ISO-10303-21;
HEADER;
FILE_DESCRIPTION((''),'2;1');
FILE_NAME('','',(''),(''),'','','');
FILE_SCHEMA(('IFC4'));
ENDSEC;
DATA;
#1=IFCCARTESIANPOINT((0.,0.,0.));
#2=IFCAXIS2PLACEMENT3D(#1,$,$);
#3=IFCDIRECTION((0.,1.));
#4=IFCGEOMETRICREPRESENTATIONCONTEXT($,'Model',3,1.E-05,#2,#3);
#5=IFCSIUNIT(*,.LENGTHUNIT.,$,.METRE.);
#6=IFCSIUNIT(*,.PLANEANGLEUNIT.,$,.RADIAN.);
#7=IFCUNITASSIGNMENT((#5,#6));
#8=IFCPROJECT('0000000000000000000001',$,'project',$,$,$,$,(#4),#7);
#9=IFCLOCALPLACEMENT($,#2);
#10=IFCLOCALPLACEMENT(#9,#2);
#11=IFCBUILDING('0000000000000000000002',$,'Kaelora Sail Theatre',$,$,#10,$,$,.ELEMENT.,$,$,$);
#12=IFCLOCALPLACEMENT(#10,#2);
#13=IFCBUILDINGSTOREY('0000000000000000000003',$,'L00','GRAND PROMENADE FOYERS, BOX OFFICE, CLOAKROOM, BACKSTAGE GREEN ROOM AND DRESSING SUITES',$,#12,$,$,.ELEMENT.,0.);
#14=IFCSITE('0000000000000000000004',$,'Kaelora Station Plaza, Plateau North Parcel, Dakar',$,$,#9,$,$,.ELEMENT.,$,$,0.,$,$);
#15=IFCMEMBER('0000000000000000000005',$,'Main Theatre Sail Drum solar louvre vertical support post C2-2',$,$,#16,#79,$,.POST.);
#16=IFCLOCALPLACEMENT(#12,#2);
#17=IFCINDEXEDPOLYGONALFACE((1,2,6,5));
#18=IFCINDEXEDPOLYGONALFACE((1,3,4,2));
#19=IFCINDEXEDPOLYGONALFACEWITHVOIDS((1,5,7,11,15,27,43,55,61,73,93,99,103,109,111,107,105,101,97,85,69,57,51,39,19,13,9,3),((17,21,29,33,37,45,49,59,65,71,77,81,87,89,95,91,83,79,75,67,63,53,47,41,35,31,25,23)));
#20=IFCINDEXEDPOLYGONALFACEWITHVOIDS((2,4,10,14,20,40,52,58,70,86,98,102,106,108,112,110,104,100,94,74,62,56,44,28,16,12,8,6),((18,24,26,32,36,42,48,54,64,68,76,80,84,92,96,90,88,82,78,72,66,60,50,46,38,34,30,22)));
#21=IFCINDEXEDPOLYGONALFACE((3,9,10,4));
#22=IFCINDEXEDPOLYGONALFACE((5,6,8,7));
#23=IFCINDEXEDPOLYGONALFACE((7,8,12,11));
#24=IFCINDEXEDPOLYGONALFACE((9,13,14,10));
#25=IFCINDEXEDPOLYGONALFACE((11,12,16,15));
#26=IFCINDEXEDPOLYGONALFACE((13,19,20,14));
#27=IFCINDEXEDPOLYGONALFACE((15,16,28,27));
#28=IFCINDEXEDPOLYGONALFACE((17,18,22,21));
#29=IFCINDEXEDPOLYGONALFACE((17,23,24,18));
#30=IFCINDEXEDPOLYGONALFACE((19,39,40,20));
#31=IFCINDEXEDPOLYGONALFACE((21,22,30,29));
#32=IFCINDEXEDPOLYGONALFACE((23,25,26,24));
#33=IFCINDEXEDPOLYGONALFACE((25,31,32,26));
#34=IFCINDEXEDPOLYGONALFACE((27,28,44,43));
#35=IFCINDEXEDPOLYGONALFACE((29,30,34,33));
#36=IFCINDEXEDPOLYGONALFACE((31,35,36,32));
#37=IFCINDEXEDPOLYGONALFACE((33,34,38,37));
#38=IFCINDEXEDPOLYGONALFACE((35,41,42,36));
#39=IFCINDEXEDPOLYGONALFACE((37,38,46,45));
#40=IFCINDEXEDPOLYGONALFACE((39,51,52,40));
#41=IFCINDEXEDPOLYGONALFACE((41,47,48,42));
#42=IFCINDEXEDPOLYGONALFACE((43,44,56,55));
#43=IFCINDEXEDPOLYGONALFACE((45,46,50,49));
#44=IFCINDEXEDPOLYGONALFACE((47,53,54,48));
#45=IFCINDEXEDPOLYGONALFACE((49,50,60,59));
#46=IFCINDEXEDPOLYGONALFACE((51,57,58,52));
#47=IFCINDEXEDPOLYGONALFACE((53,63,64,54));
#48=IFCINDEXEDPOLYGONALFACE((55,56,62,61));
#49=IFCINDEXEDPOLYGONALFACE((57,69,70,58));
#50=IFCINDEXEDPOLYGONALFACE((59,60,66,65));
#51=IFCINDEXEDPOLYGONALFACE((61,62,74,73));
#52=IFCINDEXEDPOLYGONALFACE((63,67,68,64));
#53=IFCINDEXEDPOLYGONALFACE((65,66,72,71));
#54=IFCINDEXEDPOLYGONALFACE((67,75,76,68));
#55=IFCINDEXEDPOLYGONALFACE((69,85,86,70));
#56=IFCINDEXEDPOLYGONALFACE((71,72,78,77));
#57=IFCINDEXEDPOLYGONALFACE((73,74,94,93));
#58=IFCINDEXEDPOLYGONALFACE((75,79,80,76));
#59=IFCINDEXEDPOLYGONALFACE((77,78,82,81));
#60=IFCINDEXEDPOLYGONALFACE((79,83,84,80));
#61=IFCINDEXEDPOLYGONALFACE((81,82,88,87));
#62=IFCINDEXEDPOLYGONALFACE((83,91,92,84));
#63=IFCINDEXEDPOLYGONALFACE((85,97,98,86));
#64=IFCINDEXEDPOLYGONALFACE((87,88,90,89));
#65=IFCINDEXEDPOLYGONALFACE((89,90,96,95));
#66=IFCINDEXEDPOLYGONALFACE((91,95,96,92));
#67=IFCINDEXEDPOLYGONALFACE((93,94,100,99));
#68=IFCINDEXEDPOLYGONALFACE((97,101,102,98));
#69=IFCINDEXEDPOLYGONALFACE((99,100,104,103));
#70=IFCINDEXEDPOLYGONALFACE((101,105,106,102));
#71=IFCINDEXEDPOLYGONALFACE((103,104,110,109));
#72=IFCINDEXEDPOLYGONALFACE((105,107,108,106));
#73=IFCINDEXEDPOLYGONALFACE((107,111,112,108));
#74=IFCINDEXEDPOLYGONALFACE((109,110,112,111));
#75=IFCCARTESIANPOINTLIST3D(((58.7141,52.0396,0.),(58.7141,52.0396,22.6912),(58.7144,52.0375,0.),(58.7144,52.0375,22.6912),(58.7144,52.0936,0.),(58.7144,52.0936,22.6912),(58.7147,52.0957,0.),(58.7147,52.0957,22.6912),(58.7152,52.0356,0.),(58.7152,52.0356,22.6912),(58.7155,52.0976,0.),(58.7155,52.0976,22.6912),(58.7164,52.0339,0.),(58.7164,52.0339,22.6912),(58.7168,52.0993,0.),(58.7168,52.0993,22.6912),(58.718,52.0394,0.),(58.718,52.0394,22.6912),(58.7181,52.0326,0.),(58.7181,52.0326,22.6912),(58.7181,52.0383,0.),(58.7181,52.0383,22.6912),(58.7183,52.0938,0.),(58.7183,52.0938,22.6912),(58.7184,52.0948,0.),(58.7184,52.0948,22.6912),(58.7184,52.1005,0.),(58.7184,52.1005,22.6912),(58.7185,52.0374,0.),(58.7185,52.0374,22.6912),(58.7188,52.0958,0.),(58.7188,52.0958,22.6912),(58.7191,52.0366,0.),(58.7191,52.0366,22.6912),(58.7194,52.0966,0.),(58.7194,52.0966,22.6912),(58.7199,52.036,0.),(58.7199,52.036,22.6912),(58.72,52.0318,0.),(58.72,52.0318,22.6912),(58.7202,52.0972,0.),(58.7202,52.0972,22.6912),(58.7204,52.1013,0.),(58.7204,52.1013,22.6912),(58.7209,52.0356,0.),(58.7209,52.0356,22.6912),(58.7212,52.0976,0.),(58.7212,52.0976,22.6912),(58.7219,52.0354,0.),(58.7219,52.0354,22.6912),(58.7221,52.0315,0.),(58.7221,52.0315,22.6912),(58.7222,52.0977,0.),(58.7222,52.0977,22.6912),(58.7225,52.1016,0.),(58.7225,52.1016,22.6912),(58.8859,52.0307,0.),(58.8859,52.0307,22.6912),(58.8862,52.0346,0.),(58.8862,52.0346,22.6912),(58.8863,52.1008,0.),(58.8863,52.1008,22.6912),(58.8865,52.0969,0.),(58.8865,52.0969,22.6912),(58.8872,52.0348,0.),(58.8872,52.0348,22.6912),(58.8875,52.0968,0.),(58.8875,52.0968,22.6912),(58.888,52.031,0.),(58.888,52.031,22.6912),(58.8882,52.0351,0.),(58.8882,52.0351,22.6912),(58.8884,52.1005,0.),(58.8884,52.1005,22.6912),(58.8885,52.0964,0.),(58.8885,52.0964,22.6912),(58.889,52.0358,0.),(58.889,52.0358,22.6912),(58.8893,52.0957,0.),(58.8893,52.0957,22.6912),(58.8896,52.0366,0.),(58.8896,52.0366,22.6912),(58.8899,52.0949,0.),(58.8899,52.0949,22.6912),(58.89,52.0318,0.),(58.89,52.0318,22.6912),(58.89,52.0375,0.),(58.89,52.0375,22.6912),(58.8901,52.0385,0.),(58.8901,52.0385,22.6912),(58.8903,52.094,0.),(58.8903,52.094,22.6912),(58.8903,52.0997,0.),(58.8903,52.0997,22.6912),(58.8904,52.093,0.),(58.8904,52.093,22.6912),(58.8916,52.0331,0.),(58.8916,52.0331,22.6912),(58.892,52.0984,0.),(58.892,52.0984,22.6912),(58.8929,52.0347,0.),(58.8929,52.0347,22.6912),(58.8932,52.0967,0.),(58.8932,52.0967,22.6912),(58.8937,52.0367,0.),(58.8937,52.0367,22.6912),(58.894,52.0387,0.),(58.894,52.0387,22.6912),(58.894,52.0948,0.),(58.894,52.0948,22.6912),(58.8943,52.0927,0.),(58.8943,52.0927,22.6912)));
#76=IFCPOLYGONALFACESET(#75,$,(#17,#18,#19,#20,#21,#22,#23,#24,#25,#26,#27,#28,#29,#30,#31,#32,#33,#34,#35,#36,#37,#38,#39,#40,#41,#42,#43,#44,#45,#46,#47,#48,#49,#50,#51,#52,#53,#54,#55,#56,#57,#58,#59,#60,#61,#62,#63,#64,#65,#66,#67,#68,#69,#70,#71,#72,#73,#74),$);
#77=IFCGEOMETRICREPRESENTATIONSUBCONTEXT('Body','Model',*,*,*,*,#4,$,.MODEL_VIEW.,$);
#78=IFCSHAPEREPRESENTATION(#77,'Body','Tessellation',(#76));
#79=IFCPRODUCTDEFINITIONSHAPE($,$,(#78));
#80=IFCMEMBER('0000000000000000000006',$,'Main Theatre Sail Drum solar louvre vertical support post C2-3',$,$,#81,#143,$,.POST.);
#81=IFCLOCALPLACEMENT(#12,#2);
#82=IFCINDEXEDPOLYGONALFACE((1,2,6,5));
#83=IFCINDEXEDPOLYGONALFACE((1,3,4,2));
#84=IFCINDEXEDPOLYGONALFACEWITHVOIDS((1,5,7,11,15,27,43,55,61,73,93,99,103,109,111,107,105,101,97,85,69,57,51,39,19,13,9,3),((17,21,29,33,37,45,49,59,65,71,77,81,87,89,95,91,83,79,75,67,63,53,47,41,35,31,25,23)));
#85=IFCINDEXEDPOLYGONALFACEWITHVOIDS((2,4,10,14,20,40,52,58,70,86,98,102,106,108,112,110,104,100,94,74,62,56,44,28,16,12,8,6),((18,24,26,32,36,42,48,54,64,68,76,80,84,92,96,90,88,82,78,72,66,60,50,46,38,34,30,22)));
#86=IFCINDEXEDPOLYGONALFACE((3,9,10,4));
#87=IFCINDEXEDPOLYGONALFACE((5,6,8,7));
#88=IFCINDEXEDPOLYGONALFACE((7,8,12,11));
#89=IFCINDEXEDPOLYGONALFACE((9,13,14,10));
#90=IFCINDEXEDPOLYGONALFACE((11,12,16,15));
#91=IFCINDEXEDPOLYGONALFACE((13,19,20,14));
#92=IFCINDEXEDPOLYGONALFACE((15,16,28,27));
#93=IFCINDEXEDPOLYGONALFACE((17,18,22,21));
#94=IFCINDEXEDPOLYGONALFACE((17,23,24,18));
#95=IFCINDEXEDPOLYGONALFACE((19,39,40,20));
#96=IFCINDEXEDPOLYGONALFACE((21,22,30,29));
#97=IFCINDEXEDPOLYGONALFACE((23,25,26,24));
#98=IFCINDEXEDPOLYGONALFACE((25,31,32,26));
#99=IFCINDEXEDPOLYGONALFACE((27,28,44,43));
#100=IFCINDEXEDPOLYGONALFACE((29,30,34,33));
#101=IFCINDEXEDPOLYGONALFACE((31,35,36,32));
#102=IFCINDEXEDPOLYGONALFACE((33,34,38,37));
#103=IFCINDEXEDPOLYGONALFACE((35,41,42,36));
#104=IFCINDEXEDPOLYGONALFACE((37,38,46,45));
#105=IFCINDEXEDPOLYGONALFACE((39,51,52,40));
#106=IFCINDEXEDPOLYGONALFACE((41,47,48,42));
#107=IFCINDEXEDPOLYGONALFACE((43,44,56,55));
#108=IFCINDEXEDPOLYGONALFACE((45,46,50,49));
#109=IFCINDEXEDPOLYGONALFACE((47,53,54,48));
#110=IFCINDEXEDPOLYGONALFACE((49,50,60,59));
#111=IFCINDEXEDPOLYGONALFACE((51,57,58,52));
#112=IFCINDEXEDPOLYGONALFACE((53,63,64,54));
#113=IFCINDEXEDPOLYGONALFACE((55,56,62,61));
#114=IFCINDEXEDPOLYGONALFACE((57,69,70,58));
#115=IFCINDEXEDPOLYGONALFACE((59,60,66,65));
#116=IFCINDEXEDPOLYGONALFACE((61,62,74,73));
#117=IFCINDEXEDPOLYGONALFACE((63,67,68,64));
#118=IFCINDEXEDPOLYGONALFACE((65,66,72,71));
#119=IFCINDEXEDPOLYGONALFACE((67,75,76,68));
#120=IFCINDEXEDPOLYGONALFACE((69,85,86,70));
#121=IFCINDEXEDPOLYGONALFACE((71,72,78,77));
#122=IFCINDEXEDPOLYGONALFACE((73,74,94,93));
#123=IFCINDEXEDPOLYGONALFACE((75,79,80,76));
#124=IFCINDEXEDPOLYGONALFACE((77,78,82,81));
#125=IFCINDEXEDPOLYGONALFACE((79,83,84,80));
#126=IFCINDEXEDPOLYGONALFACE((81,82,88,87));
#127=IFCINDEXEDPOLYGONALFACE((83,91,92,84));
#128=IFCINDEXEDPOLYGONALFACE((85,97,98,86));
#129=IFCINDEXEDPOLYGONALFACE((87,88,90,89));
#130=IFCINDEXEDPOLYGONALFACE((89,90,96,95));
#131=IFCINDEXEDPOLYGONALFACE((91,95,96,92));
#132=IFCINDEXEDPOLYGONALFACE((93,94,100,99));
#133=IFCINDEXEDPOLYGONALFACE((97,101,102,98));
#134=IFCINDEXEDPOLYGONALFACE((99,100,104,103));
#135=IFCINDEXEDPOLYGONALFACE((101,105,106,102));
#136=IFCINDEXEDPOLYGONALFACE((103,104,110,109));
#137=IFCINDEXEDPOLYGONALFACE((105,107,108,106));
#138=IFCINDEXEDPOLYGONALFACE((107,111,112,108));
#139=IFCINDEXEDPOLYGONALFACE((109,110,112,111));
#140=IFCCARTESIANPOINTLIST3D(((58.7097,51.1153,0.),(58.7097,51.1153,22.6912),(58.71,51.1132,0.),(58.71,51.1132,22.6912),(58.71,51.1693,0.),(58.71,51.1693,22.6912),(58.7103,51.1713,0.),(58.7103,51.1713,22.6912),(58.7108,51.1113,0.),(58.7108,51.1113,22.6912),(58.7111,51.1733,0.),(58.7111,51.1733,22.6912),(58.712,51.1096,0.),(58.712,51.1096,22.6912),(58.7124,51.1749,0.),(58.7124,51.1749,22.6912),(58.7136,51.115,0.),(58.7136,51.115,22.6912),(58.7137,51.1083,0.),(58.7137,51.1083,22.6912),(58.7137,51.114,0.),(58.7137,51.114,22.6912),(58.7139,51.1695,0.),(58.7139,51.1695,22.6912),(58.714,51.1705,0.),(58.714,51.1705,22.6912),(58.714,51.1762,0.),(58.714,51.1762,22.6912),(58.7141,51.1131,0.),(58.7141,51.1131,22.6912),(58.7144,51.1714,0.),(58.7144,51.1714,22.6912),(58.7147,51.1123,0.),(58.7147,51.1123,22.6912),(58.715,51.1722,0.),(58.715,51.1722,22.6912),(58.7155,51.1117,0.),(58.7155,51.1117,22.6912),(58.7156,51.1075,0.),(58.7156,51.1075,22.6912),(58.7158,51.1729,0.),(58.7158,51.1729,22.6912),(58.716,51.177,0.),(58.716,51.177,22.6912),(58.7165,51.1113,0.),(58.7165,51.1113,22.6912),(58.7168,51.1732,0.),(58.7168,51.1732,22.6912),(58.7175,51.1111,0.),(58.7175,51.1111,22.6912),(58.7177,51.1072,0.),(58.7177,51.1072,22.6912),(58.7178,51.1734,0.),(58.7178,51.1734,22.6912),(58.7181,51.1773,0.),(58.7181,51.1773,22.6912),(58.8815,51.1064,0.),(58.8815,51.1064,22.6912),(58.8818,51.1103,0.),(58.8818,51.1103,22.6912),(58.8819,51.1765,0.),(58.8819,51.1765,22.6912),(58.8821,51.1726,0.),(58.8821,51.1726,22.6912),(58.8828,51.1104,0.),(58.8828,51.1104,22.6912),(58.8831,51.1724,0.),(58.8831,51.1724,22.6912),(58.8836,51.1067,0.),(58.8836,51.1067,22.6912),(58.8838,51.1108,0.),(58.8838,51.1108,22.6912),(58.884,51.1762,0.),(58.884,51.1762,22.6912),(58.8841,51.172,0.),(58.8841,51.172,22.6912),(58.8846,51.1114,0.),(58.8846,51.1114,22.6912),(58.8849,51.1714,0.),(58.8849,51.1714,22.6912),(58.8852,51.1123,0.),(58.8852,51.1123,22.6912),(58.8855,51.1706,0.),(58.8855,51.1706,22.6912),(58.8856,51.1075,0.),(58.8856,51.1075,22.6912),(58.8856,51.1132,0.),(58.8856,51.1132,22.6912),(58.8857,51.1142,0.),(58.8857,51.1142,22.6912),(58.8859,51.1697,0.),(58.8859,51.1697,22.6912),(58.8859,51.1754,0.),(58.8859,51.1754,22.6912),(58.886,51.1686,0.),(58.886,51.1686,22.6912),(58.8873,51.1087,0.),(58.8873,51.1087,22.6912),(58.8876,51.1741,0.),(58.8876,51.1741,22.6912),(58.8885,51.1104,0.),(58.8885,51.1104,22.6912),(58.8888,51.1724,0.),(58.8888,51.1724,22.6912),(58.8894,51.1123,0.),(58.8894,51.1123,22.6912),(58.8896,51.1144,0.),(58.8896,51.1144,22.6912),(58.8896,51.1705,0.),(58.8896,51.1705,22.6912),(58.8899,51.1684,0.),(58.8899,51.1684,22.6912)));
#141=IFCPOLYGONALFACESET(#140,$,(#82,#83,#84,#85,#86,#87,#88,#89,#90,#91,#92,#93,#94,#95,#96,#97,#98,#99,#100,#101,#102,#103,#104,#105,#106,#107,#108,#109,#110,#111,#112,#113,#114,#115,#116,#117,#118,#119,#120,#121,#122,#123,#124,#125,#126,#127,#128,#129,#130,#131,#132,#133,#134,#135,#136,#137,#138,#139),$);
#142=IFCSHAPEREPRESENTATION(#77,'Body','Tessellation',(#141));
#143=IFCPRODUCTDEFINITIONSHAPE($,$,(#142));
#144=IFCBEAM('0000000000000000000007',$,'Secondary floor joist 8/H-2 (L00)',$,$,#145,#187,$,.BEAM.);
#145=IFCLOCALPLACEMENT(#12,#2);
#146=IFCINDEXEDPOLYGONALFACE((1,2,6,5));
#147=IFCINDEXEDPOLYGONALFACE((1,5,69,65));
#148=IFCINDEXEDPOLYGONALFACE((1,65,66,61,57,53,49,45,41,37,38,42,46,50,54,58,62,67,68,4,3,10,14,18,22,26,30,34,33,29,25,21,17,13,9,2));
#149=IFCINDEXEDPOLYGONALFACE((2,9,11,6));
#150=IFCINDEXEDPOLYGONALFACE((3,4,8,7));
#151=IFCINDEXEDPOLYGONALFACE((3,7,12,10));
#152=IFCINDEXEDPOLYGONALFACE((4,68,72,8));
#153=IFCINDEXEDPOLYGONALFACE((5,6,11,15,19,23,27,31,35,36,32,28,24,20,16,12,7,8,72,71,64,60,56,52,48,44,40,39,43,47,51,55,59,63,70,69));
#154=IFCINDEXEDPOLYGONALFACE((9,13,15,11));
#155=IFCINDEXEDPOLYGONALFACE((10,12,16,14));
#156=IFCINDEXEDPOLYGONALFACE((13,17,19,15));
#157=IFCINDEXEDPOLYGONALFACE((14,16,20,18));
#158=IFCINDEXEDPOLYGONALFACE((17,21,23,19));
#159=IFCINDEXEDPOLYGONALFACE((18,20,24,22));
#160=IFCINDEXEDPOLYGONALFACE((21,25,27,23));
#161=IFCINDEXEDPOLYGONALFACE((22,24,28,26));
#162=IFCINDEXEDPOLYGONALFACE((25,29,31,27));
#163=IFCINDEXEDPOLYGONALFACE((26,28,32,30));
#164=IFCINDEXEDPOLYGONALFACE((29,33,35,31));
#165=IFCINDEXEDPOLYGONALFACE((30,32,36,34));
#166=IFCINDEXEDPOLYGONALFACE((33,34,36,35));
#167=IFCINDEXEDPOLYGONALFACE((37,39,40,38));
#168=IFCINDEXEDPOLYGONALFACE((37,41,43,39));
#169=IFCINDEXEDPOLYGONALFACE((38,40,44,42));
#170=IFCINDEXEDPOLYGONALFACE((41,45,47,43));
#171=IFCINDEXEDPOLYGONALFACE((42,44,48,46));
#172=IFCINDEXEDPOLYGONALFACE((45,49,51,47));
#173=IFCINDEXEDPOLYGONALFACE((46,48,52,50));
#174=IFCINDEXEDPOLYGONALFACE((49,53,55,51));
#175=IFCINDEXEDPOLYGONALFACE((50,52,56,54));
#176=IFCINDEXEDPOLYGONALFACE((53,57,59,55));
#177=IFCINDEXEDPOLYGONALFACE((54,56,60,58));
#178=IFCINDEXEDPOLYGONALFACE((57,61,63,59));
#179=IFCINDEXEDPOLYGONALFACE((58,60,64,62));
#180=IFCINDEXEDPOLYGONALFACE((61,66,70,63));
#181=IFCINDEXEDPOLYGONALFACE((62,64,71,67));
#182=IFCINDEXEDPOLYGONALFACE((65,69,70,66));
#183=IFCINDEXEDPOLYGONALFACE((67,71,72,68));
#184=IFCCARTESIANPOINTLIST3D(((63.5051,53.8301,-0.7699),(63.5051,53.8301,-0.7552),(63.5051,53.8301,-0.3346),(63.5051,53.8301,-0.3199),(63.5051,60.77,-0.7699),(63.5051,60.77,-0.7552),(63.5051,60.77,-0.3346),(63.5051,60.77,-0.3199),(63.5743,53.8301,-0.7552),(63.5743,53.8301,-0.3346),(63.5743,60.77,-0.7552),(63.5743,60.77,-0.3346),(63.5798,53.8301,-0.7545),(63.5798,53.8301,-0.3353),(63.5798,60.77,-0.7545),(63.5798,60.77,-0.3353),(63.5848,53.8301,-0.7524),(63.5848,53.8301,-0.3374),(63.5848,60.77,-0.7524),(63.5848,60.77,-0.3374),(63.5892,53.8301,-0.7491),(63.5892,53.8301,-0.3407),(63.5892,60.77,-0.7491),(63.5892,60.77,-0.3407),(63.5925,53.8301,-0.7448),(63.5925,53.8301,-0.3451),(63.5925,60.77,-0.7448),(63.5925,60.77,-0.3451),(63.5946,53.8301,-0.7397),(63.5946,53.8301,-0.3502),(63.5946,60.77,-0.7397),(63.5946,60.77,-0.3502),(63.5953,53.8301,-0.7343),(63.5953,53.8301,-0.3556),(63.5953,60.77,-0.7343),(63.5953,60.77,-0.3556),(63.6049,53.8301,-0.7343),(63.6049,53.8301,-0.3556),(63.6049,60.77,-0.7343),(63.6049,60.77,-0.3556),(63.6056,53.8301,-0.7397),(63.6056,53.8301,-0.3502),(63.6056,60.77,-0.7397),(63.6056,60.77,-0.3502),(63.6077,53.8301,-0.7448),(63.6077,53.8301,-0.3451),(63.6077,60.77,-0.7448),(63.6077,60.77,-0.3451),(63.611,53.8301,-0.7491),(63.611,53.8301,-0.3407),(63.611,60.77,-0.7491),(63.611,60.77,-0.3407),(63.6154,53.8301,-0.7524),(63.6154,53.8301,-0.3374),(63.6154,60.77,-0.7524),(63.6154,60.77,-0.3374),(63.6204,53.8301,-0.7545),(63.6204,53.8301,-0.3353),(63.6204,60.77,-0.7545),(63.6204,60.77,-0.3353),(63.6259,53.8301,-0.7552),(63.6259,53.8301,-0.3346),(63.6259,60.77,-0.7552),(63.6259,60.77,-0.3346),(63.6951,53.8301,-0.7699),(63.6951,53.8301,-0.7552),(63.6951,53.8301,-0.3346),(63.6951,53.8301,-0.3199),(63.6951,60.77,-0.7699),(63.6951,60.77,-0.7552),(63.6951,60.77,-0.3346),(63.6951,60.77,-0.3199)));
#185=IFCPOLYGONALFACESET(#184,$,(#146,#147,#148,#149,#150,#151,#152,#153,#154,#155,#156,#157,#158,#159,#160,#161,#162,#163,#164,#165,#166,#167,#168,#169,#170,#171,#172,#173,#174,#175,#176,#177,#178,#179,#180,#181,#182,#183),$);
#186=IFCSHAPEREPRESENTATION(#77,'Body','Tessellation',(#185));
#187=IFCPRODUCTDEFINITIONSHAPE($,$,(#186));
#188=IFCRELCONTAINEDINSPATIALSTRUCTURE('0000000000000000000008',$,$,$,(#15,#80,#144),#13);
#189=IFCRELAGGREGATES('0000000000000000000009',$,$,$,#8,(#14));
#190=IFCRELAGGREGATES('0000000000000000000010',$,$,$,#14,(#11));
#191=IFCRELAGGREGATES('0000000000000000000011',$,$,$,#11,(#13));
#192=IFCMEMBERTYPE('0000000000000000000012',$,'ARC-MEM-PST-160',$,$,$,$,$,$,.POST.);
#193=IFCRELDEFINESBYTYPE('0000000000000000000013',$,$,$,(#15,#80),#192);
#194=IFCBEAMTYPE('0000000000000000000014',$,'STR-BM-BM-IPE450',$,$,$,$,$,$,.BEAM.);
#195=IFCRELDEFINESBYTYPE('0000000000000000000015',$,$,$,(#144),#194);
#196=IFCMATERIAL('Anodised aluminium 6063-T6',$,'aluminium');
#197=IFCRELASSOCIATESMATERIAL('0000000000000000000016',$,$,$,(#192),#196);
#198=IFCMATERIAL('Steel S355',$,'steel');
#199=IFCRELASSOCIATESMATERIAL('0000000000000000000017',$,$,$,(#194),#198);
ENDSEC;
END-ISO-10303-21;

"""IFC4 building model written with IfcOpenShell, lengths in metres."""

from ifc_helpers import new_model, si_unit, direction, frame, origin, origin_2d, place, context, subcontext, project, spatial, hollow_rectangle, i_section, extrude, material, material_profile, profile_set, type_object, element, save


model = new_model("IFC4")

# Units and contexts
model_context = context("Model", 3, precision=1e-05, world=origin(), true_north=direction((0.0, 1.0)))
body_context = subcontext(model_context, "Body", "Model", "MODEL_VIEW")
ifc_project = project(units=[si_unit("LENGTHUNIT", "METRE"), si_unit("PLANEANGLEUNIT", "RADIAN")], contexts=[model_context])

# Site, building, storey
site_placement = place(None, origin())
site = spatial("IfcSite", under=ifc_project, at=site_placement, Name="Kaelora Station Plaza, Plateau North Parcel, Dakar", CompositionType="ELEMENT", RefElevation=0.0)
building_placement = place(site_placement, origin())
building = spatial("IfcBuilding", under=site, at=building_placement, Name="Kaelora Sail Theatre", CompositionType="ELEMENT")
storey_placement = place(building_placement, origin())
storey = spatial("IfcBuildingStorey", under=building, at=storey_placement, Name="L00", Description="GRAND PROMENADE FOYERS, BOX OFFICE, CLOAKROOM, BACKSTAGE GREEN ROOM AND DRESSING SUITES", CompositionType="ELEMENT", Elevation=0.0)

# Members
ifc_material_1 = material(Name="Anodised aluminium 6063-T6", Category="aluminium")
ifc_material_profile_1 = material_profile(ifc_material_1, hollow_rectangle(XDim=0.0701, YDim=0.1799, WallThickness=0.0039, InnerFilletRadius=0.0039, OuterFilletRadius=0.0081, at=origin_2d()), Name="ALU-MULL 70x180x4")
ifc_profile_set_1 = profile_set([ifc_material_profile_1], Name="Anodised aluminium 6063-T6")
member_type_1 = type_object("IfcMemberType", Name="ARC-MEM-PST-160", PredefinedType="POST", material=ifc_profile_set_1)
for number, where, z_axis, x_axis, name in (
    (1, (58.8042, 52.0662, 0.0), (0.0, 0.0, 1.0), (-0.004887, -0.999988, 0.0), "Main Theatre Sail Drum solar louvre vertical support post C2-2"),
    (2, (58.7998, 51.1418, 0.0), (0.0, 0.0, 1.0), (-0.004887, -0.999988, 0.0), "Main Theatre Sail Drum solar louvre vertical support post C2-3"),
):
    element("IfcMember", number, at=place(storey_placement, frame(where, z_axis=z_axis, x_axis=x_axis)), inside=storey, type_object=member_type_1, Name=name, PredefinedType="POST", context=body_context, shape_type="SweptSolid", body=[
        extrude(hollow_rectangle(XDim=0.0701, YDim=0.1799, WallThickness=0.0039, InnerFilletRadius=0.0039, OuterFilletRadius=0.0081, at=origin_2d()), origin(), (0.0, 0.0, 1.0), 22.6912),
    ])

# Beam
ifc_material_2 = material(Name="Steel S355", Category="steel")
ifc_material_profile_2 = material_profile(ifc_material_2, i_section(OverallWidth=0.1899, OverallDepth=0.45, WebThickness=0.0095, FlangeThickness=0.0146, FilletRadius=0.021, at=origin_2d()), Name="IPE 450")
ifc_profile_set_2 = profile_set([ifc_material_profile_2], Name="Steel S355")
beam_type_1 = type_object("IfcBeamType", Name="STR-BM-BM-IPE450", PredefinedType="BEAM", material=ifc_profile_set_2)
beam_1_placement = place(storey_placement, frame((63.6001, 53.8301, -0.5449), z_axis=(0.0, 1.0, 0.0), x_axis=(-1.0, 0.0, 0.0)))
element("IfcBeam", 3, at=beam_1_placement, inside=storey, type_object=beam_type_1, Name="Secondary floor joist 8/H-2 (L00)", PredefinedType="BEAM", context=body_context, shape_type="SweptSolid", body=[
    extrude(i_section(OverallWidth=0.1899, OverallDepth=0.45, WebThickness=0.0095, FlangeThickness=0.0146, FilletRadius=0.021, at=origin_2d()), origin(), (0.0, 0.0, 1.0), 6.9399),
])

save(model, "model.ifc")
